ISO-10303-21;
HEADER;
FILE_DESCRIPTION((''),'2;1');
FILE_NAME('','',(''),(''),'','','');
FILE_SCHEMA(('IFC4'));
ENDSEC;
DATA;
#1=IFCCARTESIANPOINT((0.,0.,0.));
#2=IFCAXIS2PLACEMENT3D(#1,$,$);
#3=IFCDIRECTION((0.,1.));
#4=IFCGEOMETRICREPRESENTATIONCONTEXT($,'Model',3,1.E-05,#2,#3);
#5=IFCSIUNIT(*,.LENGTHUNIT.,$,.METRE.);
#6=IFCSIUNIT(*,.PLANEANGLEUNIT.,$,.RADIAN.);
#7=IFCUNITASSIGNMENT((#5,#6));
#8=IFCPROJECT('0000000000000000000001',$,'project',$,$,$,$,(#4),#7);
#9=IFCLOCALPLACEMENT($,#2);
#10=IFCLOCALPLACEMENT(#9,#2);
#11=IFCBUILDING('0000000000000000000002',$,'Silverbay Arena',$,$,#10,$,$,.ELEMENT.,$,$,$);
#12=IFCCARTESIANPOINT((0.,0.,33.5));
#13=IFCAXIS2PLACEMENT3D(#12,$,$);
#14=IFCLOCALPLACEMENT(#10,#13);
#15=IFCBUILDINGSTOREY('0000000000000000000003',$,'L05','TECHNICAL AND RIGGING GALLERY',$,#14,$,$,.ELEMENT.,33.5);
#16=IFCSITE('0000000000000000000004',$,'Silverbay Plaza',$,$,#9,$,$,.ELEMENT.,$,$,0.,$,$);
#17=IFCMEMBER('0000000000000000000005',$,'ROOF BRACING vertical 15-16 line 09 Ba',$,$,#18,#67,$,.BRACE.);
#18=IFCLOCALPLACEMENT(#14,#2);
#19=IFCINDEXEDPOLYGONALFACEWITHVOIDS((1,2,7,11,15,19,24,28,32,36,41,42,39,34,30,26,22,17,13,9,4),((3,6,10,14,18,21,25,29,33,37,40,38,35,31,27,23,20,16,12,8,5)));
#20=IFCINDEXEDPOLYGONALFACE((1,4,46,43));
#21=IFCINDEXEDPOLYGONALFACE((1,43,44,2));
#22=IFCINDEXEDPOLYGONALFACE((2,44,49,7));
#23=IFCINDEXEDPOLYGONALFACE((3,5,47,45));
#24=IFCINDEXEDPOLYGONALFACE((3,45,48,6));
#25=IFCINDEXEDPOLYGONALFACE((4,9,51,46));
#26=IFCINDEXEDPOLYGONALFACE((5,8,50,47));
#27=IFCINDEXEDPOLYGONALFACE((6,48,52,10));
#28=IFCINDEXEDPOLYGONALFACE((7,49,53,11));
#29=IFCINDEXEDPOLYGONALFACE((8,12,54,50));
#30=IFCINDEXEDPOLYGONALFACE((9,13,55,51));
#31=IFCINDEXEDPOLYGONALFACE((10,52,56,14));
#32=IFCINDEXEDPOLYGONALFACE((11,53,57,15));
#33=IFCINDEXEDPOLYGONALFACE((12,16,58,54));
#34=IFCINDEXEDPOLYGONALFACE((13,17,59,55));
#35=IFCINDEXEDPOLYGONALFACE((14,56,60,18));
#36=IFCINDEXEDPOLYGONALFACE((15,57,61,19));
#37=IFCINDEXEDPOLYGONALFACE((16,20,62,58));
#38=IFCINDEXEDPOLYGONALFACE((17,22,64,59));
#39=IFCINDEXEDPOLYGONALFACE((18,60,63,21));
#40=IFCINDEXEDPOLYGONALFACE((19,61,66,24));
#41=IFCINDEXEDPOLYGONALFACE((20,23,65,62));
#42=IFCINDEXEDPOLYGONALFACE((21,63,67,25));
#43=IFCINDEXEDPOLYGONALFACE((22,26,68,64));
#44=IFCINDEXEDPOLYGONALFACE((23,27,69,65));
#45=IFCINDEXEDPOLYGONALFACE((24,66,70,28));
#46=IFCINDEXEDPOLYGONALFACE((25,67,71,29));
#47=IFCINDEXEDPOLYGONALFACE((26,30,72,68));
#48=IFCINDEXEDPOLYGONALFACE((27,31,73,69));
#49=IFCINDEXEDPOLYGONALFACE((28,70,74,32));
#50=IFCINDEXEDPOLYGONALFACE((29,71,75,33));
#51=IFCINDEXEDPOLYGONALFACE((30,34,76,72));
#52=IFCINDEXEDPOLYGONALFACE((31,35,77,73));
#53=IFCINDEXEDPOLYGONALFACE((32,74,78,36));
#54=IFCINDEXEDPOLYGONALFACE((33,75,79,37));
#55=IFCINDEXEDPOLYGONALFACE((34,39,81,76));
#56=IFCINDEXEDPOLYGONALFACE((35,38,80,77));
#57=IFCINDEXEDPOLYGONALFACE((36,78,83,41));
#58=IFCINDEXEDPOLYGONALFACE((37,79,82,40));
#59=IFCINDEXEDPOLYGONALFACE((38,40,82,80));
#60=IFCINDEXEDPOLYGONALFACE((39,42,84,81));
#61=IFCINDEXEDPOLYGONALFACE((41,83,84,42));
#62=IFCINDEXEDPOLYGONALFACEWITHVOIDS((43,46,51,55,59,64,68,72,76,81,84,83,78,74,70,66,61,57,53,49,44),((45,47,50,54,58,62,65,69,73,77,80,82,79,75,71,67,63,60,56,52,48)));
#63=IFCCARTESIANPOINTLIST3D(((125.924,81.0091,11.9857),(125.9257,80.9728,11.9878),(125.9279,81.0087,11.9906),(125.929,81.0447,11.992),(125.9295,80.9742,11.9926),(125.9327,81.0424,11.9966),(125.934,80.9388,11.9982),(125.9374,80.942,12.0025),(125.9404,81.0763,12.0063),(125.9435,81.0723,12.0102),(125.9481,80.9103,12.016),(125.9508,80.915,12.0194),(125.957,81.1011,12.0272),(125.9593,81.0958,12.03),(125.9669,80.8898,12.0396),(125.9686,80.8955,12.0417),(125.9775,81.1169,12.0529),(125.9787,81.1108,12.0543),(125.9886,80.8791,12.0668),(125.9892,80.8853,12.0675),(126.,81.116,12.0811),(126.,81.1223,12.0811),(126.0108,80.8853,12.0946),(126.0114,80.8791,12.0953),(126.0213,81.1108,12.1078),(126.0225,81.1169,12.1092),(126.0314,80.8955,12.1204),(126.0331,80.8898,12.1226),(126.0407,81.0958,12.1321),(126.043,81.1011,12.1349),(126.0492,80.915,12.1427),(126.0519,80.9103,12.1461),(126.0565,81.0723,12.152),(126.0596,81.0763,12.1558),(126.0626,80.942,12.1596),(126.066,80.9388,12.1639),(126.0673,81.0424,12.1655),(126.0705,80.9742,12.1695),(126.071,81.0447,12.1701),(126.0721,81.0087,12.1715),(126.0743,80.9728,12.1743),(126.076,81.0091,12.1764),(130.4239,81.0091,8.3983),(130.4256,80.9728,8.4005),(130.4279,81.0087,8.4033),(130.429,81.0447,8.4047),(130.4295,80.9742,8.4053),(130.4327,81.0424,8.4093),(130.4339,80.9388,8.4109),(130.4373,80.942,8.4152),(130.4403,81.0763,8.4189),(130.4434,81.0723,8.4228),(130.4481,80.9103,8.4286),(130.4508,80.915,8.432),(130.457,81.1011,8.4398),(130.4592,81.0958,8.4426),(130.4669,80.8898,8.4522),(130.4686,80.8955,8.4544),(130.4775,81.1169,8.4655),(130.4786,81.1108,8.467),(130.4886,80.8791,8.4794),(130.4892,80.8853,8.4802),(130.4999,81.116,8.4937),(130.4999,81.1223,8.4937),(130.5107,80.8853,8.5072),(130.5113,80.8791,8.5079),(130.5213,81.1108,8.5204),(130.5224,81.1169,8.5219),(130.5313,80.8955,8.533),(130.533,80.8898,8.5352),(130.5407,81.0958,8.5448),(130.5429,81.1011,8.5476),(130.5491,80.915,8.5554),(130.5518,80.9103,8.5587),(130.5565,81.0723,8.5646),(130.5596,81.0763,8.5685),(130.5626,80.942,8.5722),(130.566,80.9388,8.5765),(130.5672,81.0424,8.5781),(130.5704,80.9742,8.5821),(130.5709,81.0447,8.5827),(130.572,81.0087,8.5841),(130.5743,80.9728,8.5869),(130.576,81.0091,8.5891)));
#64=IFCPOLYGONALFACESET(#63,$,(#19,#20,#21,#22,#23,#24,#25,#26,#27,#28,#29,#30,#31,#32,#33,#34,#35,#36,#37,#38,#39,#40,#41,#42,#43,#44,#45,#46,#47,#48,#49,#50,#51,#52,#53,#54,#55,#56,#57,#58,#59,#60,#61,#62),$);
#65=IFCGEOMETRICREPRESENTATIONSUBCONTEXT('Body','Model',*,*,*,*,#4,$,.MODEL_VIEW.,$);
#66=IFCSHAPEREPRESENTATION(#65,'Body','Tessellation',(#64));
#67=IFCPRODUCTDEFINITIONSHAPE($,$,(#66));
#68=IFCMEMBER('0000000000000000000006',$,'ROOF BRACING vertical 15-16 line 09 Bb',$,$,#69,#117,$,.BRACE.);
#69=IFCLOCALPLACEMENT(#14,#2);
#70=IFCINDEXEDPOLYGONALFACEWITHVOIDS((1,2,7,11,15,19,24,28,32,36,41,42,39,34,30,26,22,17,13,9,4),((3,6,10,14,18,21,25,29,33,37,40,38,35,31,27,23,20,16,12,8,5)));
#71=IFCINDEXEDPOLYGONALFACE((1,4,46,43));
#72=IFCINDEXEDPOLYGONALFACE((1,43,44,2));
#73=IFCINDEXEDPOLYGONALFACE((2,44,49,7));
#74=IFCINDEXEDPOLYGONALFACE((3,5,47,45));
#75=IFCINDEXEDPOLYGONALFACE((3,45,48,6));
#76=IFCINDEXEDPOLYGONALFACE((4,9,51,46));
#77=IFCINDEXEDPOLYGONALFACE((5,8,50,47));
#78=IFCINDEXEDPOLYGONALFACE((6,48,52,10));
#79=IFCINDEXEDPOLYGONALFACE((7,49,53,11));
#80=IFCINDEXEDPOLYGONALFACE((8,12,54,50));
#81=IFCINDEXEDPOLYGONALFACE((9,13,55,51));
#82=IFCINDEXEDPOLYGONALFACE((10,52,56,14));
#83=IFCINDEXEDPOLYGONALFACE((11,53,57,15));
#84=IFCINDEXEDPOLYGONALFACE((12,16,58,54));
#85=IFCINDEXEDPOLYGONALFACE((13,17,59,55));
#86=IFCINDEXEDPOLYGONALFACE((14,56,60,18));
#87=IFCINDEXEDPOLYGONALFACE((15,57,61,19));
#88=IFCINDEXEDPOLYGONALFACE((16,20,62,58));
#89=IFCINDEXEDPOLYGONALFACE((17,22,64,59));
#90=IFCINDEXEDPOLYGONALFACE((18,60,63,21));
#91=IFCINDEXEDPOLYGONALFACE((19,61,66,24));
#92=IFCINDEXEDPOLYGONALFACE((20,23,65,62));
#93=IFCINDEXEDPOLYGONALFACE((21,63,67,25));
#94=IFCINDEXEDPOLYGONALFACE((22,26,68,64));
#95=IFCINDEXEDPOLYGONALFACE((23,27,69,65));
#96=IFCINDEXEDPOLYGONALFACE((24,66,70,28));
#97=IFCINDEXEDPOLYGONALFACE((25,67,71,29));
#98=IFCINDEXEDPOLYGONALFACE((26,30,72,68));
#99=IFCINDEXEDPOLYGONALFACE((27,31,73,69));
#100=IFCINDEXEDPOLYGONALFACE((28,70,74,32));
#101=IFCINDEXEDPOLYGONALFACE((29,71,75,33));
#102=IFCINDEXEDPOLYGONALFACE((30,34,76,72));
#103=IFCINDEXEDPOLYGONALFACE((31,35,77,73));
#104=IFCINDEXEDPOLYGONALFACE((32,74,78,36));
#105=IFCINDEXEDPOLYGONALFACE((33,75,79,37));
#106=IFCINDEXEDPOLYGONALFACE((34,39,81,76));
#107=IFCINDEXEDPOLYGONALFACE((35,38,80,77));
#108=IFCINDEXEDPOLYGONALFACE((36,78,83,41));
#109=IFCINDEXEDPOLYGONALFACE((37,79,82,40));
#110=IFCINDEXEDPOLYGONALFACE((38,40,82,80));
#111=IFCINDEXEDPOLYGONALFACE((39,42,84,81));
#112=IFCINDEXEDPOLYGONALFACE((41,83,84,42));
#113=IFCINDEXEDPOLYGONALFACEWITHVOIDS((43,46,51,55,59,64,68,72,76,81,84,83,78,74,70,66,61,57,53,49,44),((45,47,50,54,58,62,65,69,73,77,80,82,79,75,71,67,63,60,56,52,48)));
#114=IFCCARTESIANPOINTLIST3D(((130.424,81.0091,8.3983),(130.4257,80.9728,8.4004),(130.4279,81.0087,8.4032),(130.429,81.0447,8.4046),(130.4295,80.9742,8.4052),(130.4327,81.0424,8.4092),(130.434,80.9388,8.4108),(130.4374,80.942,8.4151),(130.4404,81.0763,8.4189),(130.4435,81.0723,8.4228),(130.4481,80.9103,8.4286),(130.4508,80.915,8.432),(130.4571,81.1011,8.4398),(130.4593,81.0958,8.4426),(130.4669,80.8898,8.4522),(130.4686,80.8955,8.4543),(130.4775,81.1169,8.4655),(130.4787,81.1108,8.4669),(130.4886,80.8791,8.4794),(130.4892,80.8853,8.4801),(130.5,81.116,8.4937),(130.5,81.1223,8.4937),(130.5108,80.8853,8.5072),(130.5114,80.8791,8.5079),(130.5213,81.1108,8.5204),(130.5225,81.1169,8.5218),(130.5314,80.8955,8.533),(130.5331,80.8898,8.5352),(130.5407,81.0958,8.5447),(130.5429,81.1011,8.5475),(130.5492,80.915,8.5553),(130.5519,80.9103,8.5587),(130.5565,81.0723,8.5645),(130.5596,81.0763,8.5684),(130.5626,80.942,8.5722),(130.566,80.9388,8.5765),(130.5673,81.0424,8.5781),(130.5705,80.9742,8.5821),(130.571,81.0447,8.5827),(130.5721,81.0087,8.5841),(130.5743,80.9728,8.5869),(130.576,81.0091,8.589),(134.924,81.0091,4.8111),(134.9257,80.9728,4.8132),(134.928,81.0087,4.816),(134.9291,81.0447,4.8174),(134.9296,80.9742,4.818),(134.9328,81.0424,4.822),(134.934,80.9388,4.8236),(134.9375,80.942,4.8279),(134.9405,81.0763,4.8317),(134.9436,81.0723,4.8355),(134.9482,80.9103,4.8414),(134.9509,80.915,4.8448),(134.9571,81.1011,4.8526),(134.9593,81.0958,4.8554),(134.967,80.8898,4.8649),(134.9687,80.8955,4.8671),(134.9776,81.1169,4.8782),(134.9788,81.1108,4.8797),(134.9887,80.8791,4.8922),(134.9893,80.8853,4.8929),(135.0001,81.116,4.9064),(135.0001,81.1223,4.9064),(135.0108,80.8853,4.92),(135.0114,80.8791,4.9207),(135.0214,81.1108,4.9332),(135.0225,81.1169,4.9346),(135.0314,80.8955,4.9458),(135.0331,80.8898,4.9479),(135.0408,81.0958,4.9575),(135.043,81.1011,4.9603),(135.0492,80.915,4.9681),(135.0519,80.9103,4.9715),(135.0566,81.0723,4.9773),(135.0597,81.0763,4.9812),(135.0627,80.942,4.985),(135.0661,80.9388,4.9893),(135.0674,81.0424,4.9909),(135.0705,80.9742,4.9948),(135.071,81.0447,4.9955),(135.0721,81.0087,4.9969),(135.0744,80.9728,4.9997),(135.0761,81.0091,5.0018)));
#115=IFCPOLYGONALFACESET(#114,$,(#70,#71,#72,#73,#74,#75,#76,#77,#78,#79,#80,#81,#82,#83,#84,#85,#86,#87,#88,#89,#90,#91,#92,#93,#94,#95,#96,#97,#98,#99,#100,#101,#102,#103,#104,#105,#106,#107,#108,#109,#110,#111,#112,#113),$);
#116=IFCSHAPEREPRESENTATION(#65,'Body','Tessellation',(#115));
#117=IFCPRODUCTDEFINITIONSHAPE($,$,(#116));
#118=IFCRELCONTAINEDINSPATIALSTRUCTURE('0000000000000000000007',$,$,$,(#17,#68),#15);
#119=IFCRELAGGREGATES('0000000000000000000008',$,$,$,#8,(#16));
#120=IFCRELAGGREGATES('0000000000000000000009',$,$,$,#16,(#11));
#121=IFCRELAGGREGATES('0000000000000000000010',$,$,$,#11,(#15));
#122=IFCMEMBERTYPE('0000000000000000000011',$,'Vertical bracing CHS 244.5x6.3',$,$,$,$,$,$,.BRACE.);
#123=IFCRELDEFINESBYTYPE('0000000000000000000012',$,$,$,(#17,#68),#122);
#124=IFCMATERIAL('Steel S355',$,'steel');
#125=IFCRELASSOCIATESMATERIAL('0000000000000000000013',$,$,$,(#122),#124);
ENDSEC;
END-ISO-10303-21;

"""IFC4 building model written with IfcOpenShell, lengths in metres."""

from ifc_helpers import new_model, si_unit, direction, frame, origin, origin_2d, place, context, subcontext, project, spatial, hollow_circle, extrude, material, material_profile, profile_set, type_object, element, save


model = new_model("IFC4")

# Units and contexts
model_context = context("Model", 3, precision=1e-05, world=origin(), true_north=direction((0.0, 1.0)))
body_context = subcontext(model_context, "Body", "Model", "MODEL_VIEW")
ifc_project = project(units=[si_unit("LENGTHUNIT", "METRE"), si_unit("PLANEANGLEUNIT", "RADIAN")], contexts=[model_context])

# Site, building, storey
site_placement = place(None, origin())
site = spatial("IfcSite", under=ifc_project, at=site_placement, Name="Silverbay Plaza", CompositionType="ELEMENT", RefElevation=0.0)
building_placement = place(site_placement, origin())
building = spatial("IfcBuilding", under=site, at=building_placement, Name="Silverbay Arena", CompositionType="ELEMENT")
storey_placement = place(building_placement, frame((0.0, 0.0, 33.5)))
storey = spatial("IfcBuildingStorey", under=building, at=storey_placement, Name="L05", Description="TECHNICAL AND RIGGING GALLERY", CompositionType="ELEMENT", Elevation=33.5)

# Members
ifc_material_1 = material(Name="Steel S355", Category="steel")
ifc_material_profile_1 = material_profile(ifc_material_1, hollow_circle(Radius=0.1223, WallThickness=0.0063, at=origin_2d()), Name="CHS 244.5x6.3")
ifc_profile_set_1 = profile_set([ifc_material_profile_1], Name="Steel S355")
member_type_1 = type_object("IfcMemberType", Name="Vertical bracing CHS 244.5x6.3", PredefinedType="BRACE", material=ifc_profile_set_1)
for number, where, z_axis, x_axis, name in (
    (1, (126.0, 81.0, 12.0811), (0.781935, 0.0, -0.623359), (0.0, 1.0, 0.0), "ROOF BRACING vertical 15-16 line 09 Ba"),
    (2, (130.5, 81.0, 8.4937), (0.781956, 0.0, -0.623333), (0.0, 1.0, 0.0), "ROOF BRACING vertical 15-16 line 09 Bb"),
):
    element("IfcMember", number, at=place(storey_placement, frame(where, z_axis=z_axis, x_axis=x_axis)), inside=storey, type_object=member_type_1, Name=name, PredefinedType="BRACE", context=body_context, shape_type="SweptSolid", body=[
        extrude(hollow_circle(Radius=0.1223, WallThickness=0.0063, at=origin_2d()), origin(), (0.0, 0.0, 1.0), 5.7549),
    ])

save(model, "model.ifc")
